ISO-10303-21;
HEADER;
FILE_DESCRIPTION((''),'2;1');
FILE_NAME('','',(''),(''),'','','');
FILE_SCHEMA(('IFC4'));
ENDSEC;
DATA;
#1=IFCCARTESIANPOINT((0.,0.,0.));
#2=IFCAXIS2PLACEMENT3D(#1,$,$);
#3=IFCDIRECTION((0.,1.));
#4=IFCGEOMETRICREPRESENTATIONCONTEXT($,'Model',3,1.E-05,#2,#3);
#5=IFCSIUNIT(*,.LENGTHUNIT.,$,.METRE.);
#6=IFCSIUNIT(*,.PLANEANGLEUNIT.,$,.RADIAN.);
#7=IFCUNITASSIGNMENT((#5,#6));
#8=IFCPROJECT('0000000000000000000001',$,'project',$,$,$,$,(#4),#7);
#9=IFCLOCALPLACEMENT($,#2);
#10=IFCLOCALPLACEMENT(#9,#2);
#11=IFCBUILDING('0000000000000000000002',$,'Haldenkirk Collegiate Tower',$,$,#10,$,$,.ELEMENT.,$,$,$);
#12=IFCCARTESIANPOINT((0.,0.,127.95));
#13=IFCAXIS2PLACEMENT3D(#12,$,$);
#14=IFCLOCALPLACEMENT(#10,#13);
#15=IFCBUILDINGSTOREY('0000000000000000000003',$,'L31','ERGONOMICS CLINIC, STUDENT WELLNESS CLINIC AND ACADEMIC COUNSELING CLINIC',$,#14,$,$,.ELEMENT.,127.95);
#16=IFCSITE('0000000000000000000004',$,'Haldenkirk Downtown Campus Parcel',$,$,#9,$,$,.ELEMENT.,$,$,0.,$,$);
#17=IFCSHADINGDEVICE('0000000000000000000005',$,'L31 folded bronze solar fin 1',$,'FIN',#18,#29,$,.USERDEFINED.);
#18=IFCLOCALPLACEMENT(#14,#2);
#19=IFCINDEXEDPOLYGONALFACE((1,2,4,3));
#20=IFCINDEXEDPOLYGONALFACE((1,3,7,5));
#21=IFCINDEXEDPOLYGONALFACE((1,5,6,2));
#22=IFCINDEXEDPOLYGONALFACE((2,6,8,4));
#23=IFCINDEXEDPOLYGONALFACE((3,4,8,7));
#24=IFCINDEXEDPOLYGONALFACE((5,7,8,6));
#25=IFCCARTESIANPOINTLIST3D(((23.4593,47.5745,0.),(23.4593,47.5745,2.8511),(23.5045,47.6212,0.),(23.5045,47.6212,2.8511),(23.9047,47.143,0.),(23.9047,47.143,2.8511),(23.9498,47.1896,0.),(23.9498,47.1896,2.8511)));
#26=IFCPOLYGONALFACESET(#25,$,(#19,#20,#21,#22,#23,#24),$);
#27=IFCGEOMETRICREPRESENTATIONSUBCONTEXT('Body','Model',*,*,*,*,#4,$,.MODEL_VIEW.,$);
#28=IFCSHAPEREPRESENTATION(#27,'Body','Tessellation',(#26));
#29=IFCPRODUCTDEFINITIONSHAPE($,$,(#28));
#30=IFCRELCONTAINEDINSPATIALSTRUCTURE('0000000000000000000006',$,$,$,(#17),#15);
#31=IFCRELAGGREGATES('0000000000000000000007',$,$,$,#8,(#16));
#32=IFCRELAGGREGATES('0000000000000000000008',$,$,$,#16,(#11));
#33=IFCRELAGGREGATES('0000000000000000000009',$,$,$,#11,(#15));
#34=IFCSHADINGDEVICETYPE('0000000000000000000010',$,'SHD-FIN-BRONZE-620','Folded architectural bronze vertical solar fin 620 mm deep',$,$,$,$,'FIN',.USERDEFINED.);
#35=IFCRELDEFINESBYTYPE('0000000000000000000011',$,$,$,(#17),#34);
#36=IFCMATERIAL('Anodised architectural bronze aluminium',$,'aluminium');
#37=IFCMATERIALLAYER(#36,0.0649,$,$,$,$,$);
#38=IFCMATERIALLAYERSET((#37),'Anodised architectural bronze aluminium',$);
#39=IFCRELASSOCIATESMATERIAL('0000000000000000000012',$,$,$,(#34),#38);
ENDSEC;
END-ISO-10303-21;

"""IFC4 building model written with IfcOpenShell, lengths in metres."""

from ifc_helpers import new_model, si_unit, direction, frame, origin, origin_2d, place, context, subcontext, project, spatial, rectangle, extrude, source, transform, mapped, material, layer, layer_set, type_object, element, save


model = new_model("IFC4")

# Units and contexts
model_context = context("Model", 3, precision=1e-05, world=origin(), true_north=direction((0.0, 1.0)))
body_context = subcontext(model_context, "Body", "Model", "MODEL_VIEW")
ifc_project = project(units=[si_unit("LENGTHUNIT", "METRE"), si_unit("PLANEANGLEUNIT", "RADIAN")], contexts=[model_context])

# Site, building, storey
site_placement = place(None, origin())
site = spatial("IfcSite", under=ifc_project, at=site_placement, Name="Haldenkirk Downtown Campus Parcel", CompositionType="ELEMENT", RefElevation=0.0)
building_placement = place(site_placement, origin())
building = spatial("IfcBuilding", under=site, at=building_placement, Name="Haldenkirk Collegiate Tower", CompositionType="ELEMENT")
storey_placement = place(building_placement, frame((0.0, 0.0, 127.95)))
storey = spatial("IfcBuildingStorey", under=building, at=storey_placement, Name="L31", Description="ERGONOMICS CLINIC, STUDENT WELLNESS CLINIC AND ACADEMIC COUNSELING CLINIC", CompositionType="ELEMENT", Elevation=127.95)

# Shared definitions
ifc_material_1 = material(Name="Anodised architectural bronze aluminium", Category="aluminium")

# Shading device
ifc_layer_1 = layer(ifc_material_1, 0.0649)
ifc_layer_set_1 = layer_set([ifc_layer_1], Name="Anodised architectural bronze aluminium")
shading_device_type = type_object("IfcShadingDeviceType", Name="SHD-FIN-BRONZE-620", Description="Folded architectural bronze vertical solar fin 620 mm deep", ElementType="FIN", PredefinedType="USERDEFINED", material=ifc_layer_set_1)
shared_shape_1 = source(origin(), body_context, "Body", "SweptSolid", [
    extrude(rectangle(XDim=0.6201, YDim=0.0649, at=origin_2d()), origin(), (0.0, 0.0, 1.0), 2.8511),
])
shading_device_placement = place(storey_placement, frame((23.7046, 47.3821, 0.0), z_axis=(0.0, 0.0, 1.0), x_axis=(-0.718126, 0.695913, 0.0)))
element("IfcShadingDevice", 1, at=shading_device_placement, inside=storey, type_object=shading_device_type, Name="L31 folded bronze solar fin 1", ObjectType="FIN", PredefinedType="USERDEFINED", context=body_context, shape_type="MappedRepresentation", body=[
    mapped(shared_shape_1, transform((0.0, 0.0, 0.0), x_axis=(1.0, 0.0, 0.0), y_axis=(0.0, 1.0, 0.0), z_axis=(0.0, 0.0, 1.0), scale=1.0)),
])

save(model, "model.ifc")
